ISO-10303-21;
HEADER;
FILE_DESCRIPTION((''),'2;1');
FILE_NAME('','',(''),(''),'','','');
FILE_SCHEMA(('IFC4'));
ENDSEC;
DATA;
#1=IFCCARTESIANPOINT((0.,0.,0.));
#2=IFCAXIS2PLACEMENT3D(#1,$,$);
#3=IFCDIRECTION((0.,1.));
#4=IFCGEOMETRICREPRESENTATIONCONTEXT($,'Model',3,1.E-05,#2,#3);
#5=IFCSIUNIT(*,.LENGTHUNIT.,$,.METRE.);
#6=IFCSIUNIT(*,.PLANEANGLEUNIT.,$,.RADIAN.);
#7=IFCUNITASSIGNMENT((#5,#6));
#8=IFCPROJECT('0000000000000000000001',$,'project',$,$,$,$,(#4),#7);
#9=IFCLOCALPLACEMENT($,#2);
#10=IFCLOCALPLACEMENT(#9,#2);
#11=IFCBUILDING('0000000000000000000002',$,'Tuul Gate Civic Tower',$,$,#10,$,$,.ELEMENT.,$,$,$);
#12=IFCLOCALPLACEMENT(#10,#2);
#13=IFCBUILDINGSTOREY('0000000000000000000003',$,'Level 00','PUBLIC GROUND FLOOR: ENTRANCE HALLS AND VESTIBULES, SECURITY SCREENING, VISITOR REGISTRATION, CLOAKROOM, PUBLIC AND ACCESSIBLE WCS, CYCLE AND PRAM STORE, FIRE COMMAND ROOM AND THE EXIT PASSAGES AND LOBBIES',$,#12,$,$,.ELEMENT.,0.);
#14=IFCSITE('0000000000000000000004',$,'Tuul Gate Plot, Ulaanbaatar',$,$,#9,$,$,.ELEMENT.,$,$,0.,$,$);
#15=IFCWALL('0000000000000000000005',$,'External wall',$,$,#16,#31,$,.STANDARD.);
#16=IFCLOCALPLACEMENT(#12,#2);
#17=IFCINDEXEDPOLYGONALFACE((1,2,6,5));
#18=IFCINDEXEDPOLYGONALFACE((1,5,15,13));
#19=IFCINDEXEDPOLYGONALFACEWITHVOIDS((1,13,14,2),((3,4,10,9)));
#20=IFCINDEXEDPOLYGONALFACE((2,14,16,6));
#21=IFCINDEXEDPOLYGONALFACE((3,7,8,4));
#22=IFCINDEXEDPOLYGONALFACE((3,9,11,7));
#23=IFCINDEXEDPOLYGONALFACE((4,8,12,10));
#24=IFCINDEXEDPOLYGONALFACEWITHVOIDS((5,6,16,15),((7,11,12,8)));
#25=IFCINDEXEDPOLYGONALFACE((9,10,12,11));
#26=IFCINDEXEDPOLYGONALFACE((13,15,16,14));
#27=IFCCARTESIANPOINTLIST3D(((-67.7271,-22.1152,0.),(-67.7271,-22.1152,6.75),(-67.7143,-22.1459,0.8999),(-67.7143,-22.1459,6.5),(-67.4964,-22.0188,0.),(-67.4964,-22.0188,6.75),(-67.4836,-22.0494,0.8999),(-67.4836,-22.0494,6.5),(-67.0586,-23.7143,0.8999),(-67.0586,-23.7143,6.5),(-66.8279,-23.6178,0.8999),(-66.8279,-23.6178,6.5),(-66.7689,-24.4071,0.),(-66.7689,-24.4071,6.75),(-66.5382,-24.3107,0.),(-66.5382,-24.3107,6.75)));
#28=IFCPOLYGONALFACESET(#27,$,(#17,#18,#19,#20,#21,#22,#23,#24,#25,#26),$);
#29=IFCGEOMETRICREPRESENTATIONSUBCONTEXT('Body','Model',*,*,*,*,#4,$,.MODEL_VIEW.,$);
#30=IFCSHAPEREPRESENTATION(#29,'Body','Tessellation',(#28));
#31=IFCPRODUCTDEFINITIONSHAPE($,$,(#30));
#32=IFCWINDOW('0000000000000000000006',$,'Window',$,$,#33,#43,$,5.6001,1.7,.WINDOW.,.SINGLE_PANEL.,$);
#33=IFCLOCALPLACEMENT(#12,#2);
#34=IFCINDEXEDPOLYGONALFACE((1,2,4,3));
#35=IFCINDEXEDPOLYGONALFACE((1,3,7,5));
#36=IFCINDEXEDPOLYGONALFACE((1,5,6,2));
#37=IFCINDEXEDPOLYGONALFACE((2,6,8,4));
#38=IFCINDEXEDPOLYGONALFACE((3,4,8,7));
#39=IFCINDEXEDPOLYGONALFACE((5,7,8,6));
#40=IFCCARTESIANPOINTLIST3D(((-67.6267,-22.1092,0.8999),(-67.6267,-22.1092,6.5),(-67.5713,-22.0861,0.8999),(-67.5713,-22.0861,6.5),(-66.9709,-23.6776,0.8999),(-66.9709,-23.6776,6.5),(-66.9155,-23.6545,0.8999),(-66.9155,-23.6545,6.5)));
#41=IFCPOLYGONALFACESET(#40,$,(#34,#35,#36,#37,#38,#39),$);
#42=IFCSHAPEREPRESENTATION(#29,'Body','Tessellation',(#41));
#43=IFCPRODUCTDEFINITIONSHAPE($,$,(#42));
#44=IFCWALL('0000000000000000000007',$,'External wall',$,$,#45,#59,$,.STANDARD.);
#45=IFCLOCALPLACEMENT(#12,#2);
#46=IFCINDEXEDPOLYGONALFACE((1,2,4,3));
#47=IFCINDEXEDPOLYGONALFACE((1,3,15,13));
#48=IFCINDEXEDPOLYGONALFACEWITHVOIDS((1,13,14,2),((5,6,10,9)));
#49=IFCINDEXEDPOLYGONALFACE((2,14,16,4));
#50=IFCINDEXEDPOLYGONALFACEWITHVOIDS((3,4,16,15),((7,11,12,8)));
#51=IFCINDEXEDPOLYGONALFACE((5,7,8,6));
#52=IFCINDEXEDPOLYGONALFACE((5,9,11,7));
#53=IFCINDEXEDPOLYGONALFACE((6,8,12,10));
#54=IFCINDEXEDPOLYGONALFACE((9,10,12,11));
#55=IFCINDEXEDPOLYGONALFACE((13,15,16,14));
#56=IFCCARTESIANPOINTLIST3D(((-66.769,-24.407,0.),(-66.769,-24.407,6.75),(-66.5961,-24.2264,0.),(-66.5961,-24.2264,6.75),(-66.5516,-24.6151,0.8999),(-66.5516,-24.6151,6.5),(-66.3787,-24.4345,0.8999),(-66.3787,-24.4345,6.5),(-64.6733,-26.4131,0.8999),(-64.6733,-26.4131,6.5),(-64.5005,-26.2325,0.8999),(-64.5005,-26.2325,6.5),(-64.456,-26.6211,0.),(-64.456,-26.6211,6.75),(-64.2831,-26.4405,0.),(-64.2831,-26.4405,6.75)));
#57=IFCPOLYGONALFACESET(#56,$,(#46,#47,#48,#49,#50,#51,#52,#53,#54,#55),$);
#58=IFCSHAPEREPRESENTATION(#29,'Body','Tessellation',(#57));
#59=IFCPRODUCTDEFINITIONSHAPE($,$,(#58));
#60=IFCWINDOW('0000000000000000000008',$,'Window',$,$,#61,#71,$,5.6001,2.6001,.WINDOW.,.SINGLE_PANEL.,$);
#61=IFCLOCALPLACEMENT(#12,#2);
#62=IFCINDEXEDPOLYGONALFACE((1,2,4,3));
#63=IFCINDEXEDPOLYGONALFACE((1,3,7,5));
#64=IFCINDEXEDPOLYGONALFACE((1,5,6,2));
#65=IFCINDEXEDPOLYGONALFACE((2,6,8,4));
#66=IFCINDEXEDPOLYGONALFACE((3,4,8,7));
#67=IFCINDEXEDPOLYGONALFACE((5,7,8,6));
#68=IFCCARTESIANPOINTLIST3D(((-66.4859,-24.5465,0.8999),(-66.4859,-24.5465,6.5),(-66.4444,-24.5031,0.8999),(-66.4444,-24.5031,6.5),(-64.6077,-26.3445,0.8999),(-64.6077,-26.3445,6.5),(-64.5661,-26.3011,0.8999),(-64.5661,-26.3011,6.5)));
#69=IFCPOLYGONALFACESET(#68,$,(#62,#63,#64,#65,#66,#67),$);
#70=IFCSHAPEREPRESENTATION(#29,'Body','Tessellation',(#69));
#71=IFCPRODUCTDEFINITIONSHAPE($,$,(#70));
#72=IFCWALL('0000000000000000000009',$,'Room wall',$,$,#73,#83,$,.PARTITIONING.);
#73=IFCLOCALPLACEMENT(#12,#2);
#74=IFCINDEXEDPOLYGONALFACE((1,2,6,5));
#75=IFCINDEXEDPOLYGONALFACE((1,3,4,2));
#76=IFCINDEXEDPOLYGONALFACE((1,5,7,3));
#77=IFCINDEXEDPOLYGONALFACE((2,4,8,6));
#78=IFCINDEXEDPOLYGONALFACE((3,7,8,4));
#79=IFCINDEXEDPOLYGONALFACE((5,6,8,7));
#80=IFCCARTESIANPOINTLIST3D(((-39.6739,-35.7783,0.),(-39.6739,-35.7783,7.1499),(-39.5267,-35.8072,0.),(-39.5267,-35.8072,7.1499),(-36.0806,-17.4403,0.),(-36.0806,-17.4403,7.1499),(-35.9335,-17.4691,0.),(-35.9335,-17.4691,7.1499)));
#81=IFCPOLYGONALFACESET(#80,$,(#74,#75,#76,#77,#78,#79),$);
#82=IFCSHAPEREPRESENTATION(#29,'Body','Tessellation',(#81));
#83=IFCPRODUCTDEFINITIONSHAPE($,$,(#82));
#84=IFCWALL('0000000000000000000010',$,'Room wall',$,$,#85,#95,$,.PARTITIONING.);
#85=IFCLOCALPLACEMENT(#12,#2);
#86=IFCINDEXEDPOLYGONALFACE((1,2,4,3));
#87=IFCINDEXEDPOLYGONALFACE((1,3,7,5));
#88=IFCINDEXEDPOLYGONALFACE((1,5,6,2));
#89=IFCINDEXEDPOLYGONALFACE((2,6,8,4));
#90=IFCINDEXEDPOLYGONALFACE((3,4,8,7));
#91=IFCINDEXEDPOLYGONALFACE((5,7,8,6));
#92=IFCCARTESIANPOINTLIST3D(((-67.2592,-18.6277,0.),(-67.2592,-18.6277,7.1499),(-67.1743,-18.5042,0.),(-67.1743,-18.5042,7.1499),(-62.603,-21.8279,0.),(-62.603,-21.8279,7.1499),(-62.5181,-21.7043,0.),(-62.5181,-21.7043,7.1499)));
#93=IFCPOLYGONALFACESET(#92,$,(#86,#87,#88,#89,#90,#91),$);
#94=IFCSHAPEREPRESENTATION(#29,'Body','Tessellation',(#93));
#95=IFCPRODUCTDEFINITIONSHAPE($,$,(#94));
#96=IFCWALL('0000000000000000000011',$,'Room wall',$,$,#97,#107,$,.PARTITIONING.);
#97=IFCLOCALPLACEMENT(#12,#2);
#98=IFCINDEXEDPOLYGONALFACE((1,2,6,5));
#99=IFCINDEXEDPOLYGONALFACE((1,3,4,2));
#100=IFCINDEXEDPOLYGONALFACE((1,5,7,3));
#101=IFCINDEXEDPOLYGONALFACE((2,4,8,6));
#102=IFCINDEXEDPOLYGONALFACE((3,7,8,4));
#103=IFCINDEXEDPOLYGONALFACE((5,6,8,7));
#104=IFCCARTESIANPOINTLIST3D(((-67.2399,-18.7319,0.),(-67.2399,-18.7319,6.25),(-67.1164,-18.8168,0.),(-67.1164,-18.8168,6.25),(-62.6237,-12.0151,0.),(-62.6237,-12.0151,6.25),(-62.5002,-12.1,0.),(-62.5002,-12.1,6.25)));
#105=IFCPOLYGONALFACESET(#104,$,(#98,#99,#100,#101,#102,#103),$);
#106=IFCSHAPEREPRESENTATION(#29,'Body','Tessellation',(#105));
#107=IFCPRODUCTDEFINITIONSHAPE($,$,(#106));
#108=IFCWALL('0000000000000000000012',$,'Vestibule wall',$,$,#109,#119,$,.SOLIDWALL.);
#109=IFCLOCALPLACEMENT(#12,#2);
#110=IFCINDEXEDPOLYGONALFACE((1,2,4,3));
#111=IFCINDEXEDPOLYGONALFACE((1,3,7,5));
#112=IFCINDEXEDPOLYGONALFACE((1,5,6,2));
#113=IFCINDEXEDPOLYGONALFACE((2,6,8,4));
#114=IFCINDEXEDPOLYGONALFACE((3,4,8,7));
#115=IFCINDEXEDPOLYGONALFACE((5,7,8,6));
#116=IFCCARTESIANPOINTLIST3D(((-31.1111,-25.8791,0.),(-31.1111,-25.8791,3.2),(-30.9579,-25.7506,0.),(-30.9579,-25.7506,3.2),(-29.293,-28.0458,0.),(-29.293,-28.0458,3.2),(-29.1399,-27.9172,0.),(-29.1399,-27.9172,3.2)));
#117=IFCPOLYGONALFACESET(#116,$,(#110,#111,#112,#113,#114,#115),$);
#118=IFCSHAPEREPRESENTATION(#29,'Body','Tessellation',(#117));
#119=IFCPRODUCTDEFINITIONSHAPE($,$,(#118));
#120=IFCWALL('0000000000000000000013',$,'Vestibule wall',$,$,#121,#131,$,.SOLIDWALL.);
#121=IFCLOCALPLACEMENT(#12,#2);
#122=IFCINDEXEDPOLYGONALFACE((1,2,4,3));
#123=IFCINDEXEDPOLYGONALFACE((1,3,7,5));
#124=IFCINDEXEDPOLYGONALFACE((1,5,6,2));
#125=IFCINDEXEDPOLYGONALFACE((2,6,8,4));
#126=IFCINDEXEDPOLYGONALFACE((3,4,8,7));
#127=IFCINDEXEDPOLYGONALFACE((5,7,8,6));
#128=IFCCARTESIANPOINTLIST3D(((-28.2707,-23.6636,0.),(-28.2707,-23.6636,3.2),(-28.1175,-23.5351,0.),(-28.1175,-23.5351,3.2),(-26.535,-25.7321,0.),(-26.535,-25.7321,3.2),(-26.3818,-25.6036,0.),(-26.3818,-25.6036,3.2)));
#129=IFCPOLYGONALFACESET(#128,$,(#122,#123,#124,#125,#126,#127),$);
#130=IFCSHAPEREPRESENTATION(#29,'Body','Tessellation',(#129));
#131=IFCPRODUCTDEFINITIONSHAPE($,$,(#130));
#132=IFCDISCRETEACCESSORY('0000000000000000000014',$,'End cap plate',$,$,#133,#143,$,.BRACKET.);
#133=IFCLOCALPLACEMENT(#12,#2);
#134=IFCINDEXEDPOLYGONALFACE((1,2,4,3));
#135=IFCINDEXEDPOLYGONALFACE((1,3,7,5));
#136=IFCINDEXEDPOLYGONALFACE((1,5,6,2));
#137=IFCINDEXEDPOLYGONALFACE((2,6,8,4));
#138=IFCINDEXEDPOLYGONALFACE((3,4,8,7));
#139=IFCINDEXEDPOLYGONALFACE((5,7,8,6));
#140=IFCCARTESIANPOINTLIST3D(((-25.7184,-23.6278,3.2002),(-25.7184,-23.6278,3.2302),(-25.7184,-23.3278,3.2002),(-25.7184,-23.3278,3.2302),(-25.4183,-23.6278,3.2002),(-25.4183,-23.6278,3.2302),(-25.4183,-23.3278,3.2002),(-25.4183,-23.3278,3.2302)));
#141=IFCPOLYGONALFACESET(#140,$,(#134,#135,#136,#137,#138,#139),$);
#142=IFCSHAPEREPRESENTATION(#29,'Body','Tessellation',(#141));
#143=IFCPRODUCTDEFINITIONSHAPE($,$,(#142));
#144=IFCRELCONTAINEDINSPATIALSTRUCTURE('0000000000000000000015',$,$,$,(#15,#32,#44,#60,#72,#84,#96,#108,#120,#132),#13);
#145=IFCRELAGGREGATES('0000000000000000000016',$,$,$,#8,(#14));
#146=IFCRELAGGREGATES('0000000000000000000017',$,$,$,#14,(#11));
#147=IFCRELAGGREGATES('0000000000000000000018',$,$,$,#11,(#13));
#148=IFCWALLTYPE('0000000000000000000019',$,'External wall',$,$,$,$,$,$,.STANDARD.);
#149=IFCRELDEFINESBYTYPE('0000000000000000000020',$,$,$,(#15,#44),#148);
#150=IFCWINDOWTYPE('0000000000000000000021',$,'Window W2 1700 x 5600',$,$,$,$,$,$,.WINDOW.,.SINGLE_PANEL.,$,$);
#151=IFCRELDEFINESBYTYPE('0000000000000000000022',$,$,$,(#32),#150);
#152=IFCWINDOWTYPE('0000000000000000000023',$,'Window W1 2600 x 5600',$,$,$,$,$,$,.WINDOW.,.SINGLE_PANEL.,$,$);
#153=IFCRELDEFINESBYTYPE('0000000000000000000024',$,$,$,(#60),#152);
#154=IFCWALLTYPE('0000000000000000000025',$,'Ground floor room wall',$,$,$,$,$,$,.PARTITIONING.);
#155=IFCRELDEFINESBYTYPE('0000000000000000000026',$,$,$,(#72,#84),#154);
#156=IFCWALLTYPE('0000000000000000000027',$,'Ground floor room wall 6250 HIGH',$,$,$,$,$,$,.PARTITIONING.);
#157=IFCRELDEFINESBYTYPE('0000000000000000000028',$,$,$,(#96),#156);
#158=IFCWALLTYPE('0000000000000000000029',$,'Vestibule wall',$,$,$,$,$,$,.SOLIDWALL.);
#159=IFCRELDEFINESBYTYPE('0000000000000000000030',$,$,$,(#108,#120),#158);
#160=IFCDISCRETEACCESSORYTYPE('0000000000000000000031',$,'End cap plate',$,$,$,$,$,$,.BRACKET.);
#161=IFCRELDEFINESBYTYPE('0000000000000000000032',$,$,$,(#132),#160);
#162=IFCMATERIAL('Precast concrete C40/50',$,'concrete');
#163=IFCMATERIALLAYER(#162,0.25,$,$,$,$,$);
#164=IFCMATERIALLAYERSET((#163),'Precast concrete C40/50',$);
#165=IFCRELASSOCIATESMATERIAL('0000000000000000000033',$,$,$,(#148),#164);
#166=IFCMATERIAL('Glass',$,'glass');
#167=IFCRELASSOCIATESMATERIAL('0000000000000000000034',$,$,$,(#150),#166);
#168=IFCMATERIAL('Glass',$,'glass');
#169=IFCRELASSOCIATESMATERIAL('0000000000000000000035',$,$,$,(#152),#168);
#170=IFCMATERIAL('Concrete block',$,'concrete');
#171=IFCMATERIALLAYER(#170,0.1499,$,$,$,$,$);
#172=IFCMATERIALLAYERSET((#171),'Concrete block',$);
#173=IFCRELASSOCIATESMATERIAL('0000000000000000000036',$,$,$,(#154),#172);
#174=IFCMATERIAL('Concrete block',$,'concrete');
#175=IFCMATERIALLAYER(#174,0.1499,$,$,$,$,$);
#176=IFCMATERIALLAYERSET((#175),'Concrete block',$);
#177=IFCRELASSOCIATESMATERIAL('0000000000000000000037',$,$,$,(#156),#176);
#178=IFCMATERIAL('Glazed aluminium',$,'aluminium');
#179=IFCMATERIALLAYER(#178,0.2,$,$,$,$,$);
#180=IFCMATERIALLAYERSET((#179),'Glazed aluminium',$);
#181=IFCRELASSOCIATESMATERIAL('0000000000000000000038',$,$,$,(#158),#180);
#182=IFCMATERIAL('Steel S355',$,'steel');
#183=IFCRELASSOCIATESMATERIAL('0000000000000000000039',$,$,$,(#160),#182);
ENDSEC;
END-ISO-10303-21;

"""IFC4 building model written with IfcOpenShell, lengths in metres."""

from ifc_helpers import new_model, si_unit, direction, frame, frame_2d, origin, origin_2d, place, context, subcontext, project, spatial, rectangle, extrude, material, layer, layer_set, type_object, element, fill, save


model = new_model("IFC4")

# Units and contexts
model_context = context("Model", 3, precision=1e-05, world=origin(), true_north=direction((0.0, 1.0)))
body_context = subcontext(model_context, "Body", "Model", "MODEL_VIEW")
ifc_project = project(units=[si_unit("LENGTHUNIT", "METRE"), si_unit("PLANEANGLEUNIT", "RADIAN")], contexts=[model_context])

# Site, building, storey
site_placement = place(None, origin())
site = spatial("IfcSite", under=ifc_project, at=site_placement, Name="Tuul Gate Plot, Ulaanbaatar", CompositionType="ELEMENT", RefElevation=0.0)
building_placement = place(site_placement, origin())
building = spatial("IfcBuilding", under=site, at=building_placement, Name="Tuul Gate Civic Tower", CompositionType="ELEMENT")
storey_placement = place(building_placement, origin())
storey = spatial("IfcBuildingStorey", under=building, at=storey_placement, Name="Level 00", Description="PUBLIC GROUND FLOOR: ENTRANCE HALLS AND VESTIBULES, SECURITY SCREENING, VISITOR REGISTRATION, CLOAKROOM, PUBLIC AND ACCESSIBLE WCS, CYCLE AND PRAM STORE, FIRE COMMAND ROOM AND THE EXIT PASSAGES AND LOBBIES", CompositionType="ELEMENT", Elevation=0.0)

# Walls, openings, windows
ifc_material_1 = material(Name="Precast concrete C40/50", Category="concrete")
ifc_layer_1 = layer(ifc_material_1, 0.25)
ifc_layer_set_1 = layer_set([ifc_layer_1], Name="Precast concrete C40/50")
wall_type_1 = type_object("IfcWallType", Name="External wall", PredefinedType="STANDARD", material=ifc_layer_set_1)
wall_1_placement = place(storey_placement, frame((-67.6118, -22.0669, 0.0), z_axis=(0.0, 0.0, 1.0), x_axis=(0.385732, -0.922611, 0.0)))
wall_1 = element("IfcWall", 1, at=wall_1_placement, inside=storey, type_object=wall_type_1, Name="External wall", PredefinedType="STANDARD", context=body_context, shape_type="SweptSolid", body=[
    extrude(rectangle(XDim=2.4841, YDim=0.25, at=frame_2d((1.2422, 0.0))), origin(), (0.0, 0.0, 1.0), 6.75),
])
opening_1_placement = place(wall_1_placement, frame((0.0332, 0.0, 0.8999)))
opening_1 = element("IfcOpeningElement", 2, at=opening_1_placement, cuts=wall_1, PredefinedType="OPENING", context=body_context, shape_type="SweptSolid", body=[
    extrude(rectangle(XDim=1.7, YDim=5.6001, at=frame_2d((0.8501, 2.8))), frame((0.0, 0.135, 0.0), z_axis=(0.0, -1.0, 0.0), x_axis=(1.0, 0.0, 0.0)), (0.0, 0.0, 1.0), 0.27),
])
ifc_material_2 = material(Name="Glass", Category="glass")
window_type_1 = type_object("IfcWindowType", Name="Window W2 1700 x 5600", PartitioningType="SINGLE_PANEL", PredefinedType="WINDOW", material=ifc_material_2)
window_1_placement = place(opening_1_placement, origin())
window_1 = element("IfcWindow", 3, at=window_1_placement, inside=storey, type_object=window_type_1, Name="Window", OverallHeight=5.6001, OverallWidth=1.7, PartitioningType="SINGLE_PANEL", PredefinedType="WINDOW", context=body_context, shape_type="SweptSolid", body=[
    extrude(rectangle(XDim=1.7, YDim=5.6001, at=frame_2d((0.8501, 2.8))), frame((0.0, 0.03, 0.0), z_axis=(0.0, -1.0, 0.0), x_axis=(1.0, 0.0, 0.0)), (0.0, 0.0, 1.0), 0.0601),
])
fill(opening_1, window_1)
wall_2_placement = place(storey_placement, frame((-66.6826, -24.3167, 0.0), z_axis=(0.0, 0.0, 1.0), x_axis=(0.722379, -0.691498, 0.0)))
wall_2 = element("IfcWall", 4, at=wall_2_placement, inside=storey, type_object=wall_type_1, Name="External wall", PredefinedType="STANDARD", context=body_context, shape_type="SweptSolid", body=[
    extrude(rectangle(XDim=3.2019, YDim=0.25, at=frame_2d((1.6011, 0.0))), origin(), (0.0, 0.0, 1.0), 6.75),
])
opening_2_placement = place(wall_2_placement, frame((0.301, 0.0, 0.8999)))
opening_2 = element("IfcOpeningElement", 5, at=opening_2_placement, cuts=wall_2, PredefinedType="OPENING", context=body_context, shape_type="SweptSolid", body=[
    extrude(rectangle(XDim=2.6001, YDim=5.6001, at=frame_2d((1.3, 2.8))), frame((0.0, 0.135, 0.0), z_axis=(0.0, -1.0, 0.0), x_axis=(1.0, 0.0, 0.0)), (0.0, 0.0, 1.0), 0.27),
])
ifc_material_3 = material(Name="Glass", Category="glass")
window_type_2 = type_object("IfcWindowType", Name="Window W1 2600 x 5600", PartitioningType="SINGLE_PANEL", PredefinedType="WINDOW", material=ifc_material_3)
window_2_placement = place(opening_2_placement, origin())
window_2 = element("IfcWindow", 6, at=window_2_placement, inside=storey, type_object=window_type_2, Name="Window", OverallHeight=5.6001, OverallWidth=2.6001, PartitioningType="SINGLE_PANEL", PredefinedType="WINDOW", context=body_context, shape_type="SweptSolid", body=[
    extrude(rectangle(XDim=2.6001, YDim=5.6001, at=frame_2d((1.3, 2.8))), frame((0.0, 0.03, 0.0), z_axis=(0.0, -1.0, 0.0), x_axis=(1.0, 0.0, 0.0)), (0.0, 0.0, 1.0), 0.0601),
])
fill(opening_2, window_2)

# Walls
ifc_material_4 = material(Name="Concrete block", Category="concrete")
ifc_layer_2 = layer(ifc_material_4, 0.1499)
ifc_layer_set_2 = layer_set([ifc_layer_2], Name="Concrete block")
wall_type_2 = type_object("IfcWallType", Name="Ground floor room wall", PredefinedType="PARTITIONING", material=ifc_layer_set_2)
wall_3_placement = place(storey_placement, frame((-36.0071, -17.4548, 0.0), z_axis=(0.0, 0.0, 1.0), x_axis=(-0.192288, -0.981339, 0.0)))
element("IfcWall", 7, at=wall_3_placement, inside=storey, type_object=wall_type_2, Name="Room wall", PredefinedType="PARTITIONING", context=body_context, shape_type="SweptSolid", body=[
    extrude(rectangle(XDim=18.6868, YDim=0.1499, at=frame_2d((9.3433, 0.0))), origin(), (0.0, 0.0, 1.0), 7.1499),
])
wall_4_placement = place(storey_placement, frame((-62.5605, -21.7661, 0.0), z_axis=(0.0, 0.0, 1.0), x_axis=(-0.824123, 0.566411, 0.0)))
element("IfcWall", 8, at=wall_4_placement, inside=storey, type_object=wall_type_2, Name="Room wall", PredefinedType="PARTITIONING", context=body_context, shape_type="SweptSolid", body=[
    extrude(rectangle(XDim=5.6499, YDim=0.1499, at=frame_2d((2.825, 0.0))), origin(), (0.0, 0.0, 1.0), 7.1499),
])
ifc_material_5 = material(Name="Concrete block", Category="concrete")
ifc_layer_3 = layer(ifc_material_5, 0.1499)
ifc_layer_set_3 = layer_set([ifc_layer_3], Name="Concrete block")
wall_type_3 = type_object("IfcWallType", Name="Ground floor room wall 6250 HIGH", PredefinedType="PARTITIONING", material=ifc_layer_set_3)
wall_5_placement = place(storey_placement, frame((-67.1782, -18.7744, 0.0), z_axis=(0.0, 0.0, 1.0), x_axis=(0.566397, 0.824133, 0.0)))
element("IfcWall", 9, at=wall_5_placement, inside=storey, type_object=wall_type_3, Name="Room wall", PredefinedType="PARTITIONING", context=body_context, shape_type="SweptSolid", body=[
    extrude(rectangle(XDim=8.1501, YDim=0.1499, at=frame_2d((4.0752, 0.0))), origin(), (0.0, 0.0, 1.0), 6.25),
])
ifc_material_6 = material(Name="Glazed aluminium", Category="aluminium")
ifc_layer_4 = layer(ifc_material_6, 0.2)
ifc_layer_set_4 = layer_set([ifc_layer_4], Name="Glazed aluminium")
wall_type_4 = type_object("IfcWallType", Name="Vestibule wall", PredefinedType="SOLIDWALL", material=ifc_layer_set_4)
wall_6_placement = place(storey_placement, frame((-31.0344, -25.8149, 0.0), z_axis=(0.0, 0.0, 1.0), x_axis=(0.642787, -0.766045, 0.0)))
element("IfcWall", 10, at=wall_6_placement, inside=storey, type_object=wall_type_4, Name="Vestibule wall", PredefinedType="SOLIDWALL", context=body_context, shape_type="SweptSolid", body=[
    extrude(rectangle(XDim=2.8284, YDim=0.2, at=frame_2d((1.4141, 0.0))), origin(), (0.0, 0.0, 1.0), 3.2),
])
wall_7_placement = place(storey_placement, frame((-28.1941, -23.5994, 0.0), z_axis=(0.0, 0.0, 1.0), x_axis=(0.642795, -0.766038, 0.0)))
element("IfcWall", 11, at=wall_7_placement, inside=storey, type_object=wall_type_4, Name="Vestibule wall", PredefinedType="SOLIDWALL", context=body_context, shape_type="SweptSolid", body=[
    extrude(rectangle(XDim=2.7002, YDim=0.2, at=frame_2d((1.3501, 0.0))), origin(), (0.0, 0.0, 1.0), 3.2),
])

# Discrete accessory
ifc_material_7 = material(Name="Steel S355", Category="steel")
discrete_accessory_type = type_object("IfcDiscreteAccessoryType", Name="End cap plate", PredefinedType="BRACKET", material=ifc_material_7)
discrete_accessory_placement = place(storey_placement, frame((-25.5684, -23.4778, 3.2002), z_axis=(0.0, 0.0, 1.0), x_axis=(1.0, 0.0, 0.0)))
element("IfcDiscreteAccessory", 12, at=discrete_accessory_placement, inside=storey, type_object=discrete_accessory_type, Name="End cap plate", PredefinedType="BRACKET", context=body_context, shape_type="SweptSolid", body=[
    extrude(rectangle(XDim=0.3, YDim=0.3, at=origin_2d()), origin(), (0.0, 0.0, 1.0), 0.03),
])

save(model, "model.ifc")
